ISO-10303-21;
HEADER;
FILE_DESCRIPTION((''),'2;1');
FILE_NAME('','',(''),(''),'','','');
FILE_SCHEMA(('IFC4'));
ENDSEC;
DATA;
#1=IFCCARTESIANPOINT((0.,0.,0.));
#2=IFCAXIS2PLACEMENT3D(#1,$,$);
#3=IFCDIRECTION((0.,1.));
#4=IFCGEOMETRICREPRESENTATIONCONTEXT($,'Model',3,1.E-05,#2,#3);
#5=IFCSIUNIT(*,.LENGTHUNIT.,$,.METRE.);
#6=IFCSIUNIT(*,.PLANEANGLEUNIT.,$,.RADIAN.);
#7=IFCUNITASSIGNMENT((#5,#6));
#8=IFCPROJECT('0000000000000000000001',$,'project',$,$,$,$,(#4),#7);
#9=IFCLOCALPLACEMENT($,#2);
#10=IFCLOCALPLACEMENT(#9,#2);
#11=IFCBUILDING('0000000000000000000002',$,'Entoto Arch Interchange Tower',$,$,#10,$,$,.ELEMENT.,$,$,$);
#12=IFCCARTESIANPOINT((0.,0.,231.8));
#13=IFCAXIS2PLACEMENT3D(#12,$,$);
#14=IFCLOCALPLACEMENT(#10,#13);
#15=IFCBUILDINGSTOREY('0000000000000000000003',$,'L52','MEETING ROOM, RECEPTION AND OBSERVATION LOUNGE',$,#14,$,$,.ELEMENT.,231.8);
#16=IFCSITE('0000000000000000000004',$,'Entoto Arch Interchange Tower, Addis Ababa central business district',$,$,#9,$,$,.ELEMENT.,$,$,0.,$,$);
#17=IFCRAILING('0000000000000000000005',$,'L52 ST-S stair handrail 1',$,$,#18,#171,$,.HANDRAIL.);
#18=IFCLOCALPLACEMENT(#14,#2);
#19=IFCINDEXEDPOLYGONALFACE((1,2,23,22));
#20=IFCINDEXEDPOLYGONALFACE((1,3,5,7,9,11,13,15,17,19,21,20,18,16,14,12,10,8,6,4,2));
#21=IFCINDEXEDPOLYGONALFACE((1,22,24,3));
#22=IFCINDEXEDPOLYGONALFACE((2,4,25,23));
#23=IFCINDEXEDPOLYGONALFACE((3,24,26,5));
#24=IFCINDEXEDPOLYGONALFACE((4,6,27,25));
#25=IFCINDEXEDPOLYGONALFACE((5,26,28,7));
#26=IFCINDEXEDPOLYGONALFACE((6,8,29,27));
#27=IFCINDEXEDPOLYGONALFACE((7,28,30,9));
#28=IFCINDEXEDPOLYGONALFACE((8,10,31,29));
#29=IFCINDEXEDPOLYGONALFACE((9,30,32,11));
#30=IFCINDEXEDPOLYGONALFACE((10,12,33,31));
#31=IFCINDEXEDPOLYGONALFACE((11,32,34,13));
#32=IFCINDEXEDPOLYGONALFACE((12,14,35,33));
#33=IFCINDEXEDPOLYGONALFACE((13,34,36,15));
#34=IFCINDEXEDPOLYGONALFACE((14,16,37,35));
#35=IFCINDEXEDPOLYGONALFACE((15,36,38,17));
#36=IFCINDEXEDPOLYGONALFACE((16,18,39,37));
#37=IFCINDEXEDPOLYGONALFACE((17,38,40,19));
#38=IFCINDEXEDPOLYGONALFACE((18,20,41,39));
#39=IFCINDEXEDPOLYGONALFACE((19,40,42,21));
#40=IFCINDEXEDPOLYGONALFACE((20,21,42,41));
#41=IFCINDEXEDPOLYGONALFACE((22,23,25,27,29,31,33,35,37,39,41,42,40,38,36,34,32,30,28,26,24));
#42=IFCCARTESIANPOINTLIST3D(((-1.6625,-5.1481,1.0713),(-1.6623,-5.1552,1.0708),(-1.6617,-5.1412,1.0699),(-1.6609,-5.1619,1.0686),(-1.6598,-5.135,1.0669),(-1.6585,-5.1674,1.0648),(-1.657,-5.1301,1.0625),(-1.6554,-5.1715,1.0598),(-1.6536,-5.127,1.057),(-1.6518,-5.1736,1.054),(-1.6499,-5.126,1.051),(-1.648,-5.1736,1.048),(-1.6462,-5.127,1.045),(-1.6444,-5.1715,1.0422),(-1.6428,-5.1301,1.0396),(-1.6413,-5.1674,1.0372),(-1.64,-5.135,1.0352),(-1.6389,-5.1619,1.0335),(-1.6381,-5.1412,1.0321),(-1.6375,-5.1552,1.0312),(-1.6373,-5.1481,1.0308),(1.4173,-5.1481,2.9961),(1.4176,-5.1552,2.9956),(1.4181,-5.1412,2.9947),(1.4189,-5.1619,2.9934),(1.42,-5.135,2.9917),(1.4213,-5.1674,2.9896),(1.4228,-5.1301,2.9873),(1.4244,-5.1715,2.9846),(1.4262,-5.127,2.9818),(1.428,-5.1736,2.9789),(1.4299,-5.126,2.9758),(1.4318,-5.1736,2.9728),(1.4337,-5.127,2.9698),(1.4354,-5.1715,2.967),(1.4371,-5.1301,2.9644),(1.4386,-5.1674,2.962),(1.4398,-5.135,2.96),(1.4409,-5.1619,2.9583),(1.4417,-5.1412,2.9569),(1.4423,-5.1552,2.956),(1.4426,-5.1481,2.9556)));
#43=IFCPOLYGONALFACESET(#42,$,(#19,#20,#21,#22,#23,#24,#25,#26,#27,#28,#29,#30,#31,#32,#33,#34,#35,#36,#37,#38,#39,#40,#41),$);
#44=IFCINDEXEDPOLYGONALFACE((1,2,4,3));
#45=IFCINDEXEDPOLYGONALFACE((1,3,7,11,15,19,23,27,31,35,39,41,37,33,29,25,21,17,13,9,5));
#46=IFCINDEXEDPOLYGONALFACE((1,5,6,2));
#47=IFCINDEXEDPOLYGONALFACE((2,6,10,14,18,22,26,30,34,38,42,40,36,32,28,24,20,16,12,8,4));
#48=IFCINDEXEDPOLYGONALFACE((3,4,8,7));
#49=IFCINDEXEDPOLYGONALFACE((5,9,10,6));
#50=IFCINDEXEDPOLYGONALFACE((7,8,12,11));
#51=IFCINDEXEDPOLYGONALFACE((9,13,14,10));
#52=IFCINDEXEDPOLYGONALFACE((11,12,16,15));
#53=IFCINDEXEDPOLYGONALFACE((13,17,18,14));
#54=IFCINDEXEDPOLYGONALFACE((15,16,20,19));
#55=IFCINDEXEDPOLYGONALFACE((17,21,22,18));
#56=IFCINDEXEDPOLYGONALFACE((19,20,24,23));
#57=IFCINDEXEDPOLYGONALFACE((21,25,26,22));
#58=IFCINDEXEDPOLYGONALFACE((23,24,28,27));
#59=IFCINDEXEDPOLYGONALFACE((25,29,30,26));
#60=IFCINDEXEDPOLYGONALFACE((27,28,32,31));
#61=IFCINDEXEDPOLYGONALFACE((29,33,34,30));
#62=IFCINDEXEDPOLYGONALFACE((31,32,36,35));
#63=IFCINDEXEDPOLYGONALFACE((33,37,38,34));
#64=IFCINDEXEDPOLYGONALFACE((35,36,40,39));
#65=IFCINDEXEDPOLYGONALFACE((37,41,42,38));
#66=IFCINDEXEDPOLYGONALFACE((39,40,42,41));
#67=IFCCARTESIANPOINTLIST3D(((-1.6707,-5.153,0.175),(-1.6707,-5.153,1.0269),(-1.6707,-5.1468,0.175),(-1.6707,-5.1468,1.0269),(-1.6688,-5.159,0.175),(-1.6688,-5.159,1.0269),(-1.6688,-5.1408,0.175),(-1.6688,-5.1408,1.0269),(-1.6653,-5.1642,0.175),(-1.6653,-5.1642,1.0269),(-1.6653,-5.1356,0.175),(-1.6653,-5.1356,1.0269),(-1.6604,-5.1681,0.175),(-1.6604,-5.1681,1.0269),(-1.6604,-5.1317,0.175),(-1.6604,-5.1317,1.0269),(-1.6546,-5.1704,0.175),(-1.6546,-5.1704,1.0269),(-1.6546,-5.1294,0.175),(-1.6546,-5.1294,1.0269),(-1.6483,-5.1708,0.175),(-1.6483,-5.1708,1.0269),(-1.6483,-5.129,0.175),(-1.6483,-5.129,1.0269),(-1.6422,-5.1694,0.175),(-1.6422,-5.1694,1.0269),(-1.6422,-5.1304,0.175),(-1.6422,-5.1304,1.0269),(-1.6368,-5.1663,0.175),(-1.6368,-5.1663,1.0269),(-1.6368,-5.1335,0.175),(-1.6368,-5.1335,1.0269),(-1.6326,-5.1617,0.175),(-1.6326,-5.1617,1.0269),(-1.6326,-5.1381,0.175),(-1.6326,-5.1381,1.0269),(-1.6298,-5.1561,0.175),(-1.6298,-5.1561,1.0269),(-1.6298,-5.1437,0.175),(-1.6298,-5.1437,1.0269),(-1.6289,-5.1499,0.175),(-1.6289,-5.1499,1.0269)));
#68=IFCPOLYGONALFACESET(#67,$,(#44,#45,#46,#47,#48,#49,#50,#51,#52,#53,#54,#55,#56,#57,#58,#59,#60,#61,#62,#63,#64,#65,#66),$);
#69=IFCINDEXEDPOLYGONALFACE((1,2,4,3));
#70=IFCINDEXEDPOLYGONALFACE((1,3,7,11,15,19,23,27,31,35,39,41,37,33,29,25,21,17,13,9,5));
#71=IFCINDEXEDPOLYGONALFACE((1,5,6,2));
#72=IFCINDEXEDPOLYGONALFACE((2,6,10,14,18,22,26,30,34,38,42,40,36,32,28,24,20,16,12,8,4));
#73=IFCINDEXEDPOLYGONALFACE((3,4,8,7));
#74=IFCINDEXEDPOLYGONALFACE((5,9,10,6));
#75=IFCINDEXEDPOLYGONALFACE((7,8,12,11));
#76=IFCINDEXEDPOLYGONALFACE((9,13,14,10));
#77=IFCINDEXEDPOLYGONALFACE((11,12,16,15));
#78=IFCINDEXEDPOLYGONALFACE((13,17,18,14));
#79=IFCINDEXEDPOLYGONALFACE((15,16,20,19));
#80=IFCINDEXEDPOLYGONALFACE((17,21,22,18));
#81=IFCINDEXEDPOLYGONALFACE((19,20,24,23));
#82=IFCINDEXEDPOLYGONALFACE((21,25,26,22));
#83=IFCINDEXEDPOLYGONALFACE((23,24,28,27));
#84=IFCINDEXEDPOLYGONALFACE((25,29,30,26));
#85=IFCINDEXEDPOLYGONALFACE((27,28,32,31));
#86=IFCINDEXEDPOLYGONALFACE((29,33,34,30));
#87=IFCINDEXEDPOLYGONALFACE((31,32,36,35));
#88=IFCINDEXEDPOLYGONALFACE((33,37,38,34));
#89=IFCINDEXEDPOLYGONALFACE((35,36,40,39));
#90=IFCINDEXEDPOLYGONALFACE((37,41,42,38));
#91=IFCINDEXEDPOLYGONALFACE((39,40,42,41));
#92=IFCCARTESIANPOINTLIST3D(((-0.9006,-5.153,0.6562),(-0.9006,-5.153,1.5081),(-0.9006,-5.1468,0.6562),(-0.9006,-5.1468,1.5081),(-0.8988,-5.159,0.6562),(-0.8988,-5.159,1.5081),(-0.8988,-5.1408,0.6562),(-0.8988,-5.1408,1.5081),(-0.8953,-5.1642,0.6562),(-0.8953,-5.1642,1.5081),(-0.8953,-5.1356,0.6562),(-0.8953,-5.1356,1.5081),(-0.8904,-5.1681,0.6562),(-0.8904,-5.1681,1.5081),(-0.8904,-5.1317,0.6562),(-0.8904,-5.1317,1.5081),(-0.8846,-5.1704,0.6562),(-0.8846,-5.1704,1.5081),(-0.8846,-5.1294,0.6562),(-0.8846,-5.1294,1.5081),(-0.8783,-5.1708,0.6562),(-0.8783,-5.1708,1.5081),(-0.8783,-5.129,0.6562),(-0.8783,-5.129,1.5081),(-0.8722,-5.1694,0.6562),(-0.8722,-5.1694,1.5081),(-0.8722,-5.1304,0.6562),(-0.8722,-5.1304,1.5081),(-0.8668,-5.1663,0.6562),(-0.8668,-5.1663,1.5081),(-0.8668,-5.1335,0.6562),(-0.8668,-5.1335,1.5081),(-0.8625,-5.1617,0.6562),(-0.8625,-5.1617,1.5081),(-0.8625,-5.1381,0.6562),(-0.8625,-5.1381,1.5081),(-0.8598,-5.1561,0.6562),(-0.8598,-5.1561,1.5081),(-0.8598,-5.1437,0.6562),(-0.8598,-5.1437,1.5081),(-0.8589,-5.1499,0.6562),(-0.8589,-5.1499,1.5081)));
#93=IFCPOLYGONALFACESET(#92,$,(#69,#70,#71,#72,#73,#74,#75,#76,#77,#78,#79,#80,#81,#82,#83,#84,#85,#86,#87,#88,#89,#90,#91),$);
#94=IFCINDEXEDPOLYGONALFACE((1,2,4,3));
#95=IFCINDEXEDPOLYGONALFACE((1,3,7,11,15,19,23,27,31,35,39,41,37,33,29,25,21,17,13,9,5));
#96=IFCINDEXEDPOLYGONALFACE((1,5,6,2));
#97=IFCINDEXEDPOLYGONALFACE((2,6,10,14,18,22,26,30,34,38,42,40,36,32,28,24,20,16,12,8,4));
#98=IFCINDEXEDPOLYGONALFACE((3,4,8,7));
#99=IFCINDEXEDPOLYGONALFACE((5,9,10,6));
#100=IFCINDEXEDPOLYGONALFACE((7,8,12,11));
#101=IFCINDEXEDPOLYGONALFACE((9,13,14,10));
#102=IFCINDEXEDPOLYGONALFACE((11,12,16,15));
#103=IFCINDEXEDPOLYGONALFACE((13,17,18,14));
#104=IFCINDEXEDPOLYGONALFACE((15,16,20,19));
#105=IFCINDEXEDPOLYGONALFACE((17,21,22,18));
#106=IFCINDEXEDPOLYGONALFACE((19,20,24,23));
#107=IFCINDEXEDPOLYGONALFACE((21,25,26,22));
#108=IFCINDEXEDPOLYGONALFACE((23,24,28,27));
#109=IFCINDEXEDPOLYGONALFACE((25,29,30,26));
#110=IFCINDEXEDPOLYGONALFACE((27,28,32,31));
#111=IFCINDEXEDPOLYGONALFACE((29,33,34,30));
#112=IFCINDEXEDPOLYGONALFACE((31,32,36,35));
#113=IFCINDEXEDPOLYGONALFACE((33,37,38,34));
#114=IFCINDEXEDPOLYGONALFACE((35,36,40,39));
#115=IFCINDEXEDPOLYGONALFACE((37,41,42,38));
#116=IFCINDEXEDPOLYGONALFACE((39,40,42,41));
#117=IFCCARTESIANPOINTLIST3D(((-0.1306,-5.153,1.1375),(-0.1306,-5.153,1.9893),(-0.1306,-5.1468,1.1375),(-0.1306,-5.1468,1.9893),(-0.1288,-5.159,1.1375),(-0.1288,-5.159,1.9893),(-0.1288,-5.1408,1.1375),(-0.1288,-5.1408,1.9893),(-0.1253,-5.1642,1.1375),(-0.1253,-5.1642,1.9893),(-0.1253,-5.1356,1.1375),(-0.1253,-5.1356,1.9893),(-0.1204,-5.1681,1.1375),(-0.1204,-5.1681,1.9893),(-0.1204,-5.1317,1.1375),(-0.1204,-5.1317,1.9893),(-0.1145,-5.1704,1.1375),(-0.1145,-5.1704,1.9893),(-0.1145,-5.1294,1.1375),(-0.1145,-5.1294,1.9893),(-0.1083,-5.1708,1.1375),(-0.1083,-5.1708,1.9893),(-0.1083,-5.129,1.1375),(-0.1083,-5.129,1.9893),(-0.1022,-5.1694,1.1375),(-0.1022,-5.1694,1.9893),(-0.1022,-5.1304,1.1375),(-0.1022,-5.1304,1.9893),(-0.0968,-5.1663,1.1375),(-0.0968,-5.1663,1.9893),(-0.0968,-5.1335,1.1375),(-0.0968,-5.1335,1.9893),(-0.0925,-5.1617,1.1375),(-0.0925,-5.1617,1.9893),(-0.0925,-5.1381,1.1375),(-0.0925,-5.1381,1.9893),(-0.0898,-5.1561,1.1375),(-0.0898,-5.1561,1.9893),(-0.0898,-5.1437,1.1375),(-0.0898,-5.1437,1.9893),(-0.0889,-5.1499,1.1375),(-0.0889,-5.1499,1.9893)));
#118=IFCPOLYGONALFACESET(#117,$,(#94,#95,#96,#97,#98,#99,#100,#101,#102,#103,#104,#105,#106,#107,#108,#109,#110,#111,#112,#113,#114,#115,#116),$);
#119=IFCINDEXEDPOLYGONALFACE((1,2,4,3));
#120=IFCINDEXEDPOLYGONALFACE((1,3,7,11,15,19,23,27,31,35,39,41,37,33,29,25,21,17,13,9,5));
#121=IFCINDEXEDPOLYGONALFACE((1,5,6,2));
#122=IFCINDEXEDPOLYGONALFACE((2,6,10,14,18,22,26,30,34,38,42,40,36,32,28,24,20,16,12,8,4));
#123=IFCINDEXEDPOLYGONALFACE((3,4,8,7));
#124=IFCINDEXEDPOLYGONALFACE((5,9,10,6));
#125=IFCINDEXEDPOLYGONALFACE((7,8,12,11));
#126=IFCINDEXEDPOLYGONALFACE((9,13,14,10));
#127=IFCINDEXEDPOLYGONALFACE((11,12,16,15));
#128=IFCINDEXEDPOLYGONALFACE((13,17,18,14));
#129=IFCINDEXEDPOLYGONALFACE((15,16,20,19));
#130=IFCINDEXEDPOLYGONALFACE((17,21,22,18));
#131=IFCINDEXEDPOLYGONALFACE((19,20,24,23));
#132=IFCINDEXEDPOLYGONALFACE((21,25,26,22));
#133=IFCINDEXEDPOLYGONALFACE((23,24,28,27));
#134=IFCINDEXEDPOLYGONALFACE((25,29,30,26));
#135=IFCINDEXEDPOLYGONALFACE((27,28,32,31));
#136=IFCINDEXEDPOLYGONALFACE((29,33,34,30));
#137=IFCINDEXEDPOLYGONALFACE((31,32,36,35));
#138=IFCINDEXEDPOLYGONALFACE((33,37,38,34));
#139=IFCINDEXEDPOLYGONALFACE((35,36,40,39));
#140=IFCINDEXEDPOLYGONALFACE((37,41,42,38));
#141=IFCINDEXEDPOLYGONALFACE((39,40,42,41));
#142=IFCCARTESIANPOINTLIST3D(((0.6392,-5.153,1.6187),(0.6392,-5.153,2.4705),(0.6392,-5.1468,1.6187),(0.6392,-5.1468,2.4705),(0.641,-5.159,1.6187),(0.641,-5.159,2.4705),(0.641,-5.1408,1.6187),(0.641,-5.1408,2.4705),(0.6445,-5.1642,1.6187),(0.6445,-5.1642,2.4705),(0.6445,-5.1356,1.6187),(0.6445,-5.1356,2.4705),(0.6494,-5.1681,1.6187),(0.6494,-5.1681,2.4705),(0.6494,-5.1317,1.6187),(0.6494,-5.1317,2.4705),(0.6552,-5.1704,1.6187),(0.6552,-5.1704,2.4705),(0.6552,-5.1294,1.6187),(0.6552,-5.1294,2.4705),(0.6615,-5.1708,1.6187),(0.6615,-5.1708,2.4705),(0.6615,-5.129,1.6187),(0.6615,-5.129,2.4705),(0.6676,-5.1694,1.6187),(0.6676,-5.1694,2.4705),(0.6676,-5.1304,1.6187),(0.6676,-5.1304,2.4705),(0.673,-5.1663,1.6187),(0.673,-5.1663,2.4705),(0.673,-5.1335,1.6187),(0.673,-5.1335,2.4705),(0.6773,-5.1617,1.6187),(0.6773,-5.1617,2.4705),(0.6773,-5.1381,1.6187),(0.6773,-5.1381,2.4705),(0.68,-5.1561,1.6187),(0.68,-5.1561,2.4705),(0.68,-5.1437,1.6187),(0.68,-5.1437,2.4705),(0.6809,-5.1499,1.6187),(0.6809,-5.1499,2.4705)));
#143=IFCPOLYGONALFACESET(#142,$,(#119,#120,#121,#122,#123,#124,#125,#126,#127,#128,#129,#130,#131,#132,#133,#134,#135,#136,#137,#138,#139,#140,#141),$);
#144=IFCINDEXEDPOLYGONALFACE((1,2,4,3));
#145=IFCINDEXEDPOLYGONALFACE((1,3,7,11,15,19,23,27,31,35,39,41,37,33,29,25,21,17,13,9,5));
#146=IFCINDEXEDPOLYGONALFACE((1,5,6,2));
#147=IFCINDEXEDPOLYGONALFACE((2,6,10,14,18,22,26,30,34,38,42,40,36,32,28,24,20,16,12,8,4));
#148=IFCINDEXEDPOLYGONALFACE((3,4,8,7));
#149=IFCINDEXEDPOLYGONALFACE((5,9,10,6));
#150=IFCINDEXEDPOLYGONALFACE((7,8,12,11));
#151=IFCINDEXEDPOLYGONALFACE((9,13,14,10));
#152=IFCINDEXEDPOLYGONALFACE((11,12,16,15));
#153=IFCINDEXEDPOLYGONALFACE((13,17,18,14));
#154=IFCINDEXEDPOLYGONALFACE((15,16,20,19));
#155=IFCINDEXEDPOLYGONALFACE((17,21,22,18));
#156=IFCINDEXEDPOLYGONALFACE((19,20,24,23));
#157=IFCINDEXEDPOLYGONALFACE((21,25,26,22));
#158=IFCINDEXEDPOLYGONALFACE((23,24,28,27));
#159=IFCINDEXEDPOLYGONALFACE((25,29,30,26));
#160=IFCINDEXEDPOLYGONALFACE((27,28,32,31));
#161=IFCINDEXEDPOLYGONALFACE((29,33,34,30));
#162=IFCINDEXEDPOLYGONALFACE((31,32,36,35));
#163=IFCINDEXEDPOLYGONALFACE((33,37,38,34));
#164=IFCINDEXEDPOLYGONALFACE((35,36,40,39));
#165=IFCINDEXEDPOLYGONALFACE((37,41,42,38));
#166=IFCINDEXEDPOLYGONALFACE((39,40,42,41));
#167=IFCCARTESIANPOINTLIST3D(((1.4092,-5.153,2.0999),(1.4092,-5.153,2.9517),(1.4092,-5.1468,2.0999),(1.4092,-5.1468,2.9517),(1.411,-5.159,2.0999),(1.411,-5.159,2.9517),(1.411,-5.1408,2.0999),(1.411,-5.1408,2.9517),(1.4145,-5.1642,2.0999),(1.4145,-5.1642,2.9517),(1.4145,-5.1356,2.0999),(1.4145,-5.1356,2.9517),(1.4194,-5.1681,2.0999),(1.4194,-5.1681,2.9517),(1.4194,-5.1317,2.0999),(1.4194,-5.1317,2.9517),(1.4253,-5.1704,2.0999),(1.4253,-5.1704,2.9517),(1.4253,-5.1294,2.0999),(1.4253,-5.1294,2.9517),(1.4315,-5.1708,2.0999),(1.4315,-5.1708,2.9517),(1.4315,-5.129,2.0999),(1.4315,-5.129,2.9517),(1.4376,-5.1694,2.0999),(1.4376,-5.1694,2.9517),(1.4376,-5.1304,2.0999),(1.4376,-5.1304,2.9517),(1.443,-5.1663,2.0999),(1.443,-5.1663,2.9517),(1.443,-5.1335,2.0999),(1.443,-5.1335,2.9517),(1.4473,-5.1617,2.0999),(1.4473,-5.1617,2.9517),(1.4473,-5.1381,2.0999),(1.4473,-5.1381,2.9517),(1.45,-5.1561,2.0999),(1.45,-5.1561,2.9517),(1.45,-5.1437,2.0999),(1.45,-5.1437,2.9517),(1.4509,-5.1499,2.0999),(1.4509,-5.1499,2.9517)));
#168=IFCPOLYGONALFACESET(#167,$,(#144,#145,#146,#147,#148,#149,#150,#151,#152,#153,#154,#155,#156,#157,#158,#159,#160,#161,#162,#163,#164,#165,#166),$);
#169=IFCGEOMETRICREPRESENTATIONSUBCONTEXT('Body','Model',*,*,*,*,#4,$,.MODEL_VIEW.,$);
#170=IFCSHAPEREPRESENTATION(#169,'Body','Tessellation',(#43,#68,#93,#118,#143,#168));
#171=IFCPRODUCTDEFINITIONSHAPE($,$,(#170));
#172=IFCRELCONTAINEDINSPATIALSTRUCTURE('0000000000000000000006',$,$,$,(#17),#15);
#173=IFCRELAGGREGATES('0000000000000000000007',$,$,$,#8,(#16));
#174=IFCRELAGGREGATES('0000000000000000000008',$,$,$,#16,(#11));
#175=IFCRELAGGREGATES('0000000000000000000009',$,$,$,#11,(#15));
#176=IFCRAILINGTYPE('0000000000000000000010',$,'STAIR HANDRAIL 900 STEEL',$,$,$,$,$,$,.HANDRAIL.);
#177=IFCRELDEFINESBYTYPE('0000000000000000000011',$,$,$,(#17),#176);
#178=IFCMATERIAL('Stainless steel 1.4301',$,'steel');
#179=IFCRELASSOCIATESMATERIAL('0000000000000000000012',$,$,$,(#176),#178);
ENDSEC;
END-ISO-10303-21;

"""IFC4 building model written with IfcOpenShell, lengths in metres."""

from ifc_helpers import new_model, si_unit, direction, frame, origin, origin_2d, place, context, subcontext, project, spatial, circle, extrude, material, type_object, element, save


model = new_model("IFC4")

# Units and contexts
model_context = context("Model", 3, precision=1e-05, world=origin(), true_north=direction((0.0, 1.0)))
body_context = subcontext(model_context, "Body", "Model", "MODEL_VIEW")
ifc_project = project(units=[si_unit("LENGTHUNIT", "METRE"), si_unit("PLANEANGLEUNIT", "RADIAN")], contexts=[model_context])

# Site, building, storey
site_placement = place(None, origin())
site = spatial("IfcSite", under=ifc_project, at=site_placement, Name="Entoto Arch Interchange Tower, Addis Ababa central business district", CompositionType="ELEMENT", RefElevation=0.0)
building_placement = place(site_placement, origin())
building = spatial("IfcBuilding", under=site, at=building_placement, Name="Entoto Arch Interchange Tower", CompositionType="ELEMENT")
storey_placement = place(building_placement, frame((0.0, 0.0, 231.8)))
storey = spatial("IfcBuildingStorey", under=building, at=storey_placement, Name="L52", Description="MEETING ROOM, RECEPTION AND OBSERVATION LOUNGE", CompositionType="ELEMENT", Elevation=231.8)

# Railing
ifc_material_1 = material(Name="Stainless steel 1.4301", Category="steel")
railing_type_1 = type_object("IfcRailingType", Name="STAIR HANDRAIL 900 STEEL", PredefinedType="HANDRAIL", material=ifc_material_1)
railing_1_placement = place(storey_placement, frame((-1.6499, -5.1499, 0.175)))
element("IfcRailing", 1, at=railing_1_placement, inside=storey, type_object=railing_type_1, Name="L52 ST-S stair handrail 1", PredefinedType="HANDRAIL", context=body_context, shape_type="SweptSolid", body=[
    extrude(circle(Radius=0.0239, at=origin_2d()), frame((0.0, 0.0, 0.876), z_axis=(0.84801, 0.0, 0.529981), x_axis=(0.0, 1.0, 0.0)), (0.0, 0.0, 1.0), 3.6318),
    extrude(circle(Radius=0.021, at=origin_2d()), origin(), (0.0, 0.0, 1.0), 0.8518),
    extrude(circle(Radius=0.021, at=origin_2d()), frame((0.77, 0.0, 0.4812)), (0.0, 0.0, 1.0), 0.8518),
    extrude(circle(Radius=0.021, at=origin_2d()), frame((1.54, 0.0, 0.9624)), (0.0, 0.0, 1.0), 0.8518),
    extrude(circle(Radius=0.021, at=origin_2d()), frame((2.3098, 0.0, 1.4436)), (0.0, 0.0, 1.0), 0.8518),
    extrude(circle(Radius=0.021, at=origin_2d()), frame((3.0798, 0.0, 1.9248)), (0.0, 0.0, 1.0), 0.8518),
])

save(model, "model.ifc")
